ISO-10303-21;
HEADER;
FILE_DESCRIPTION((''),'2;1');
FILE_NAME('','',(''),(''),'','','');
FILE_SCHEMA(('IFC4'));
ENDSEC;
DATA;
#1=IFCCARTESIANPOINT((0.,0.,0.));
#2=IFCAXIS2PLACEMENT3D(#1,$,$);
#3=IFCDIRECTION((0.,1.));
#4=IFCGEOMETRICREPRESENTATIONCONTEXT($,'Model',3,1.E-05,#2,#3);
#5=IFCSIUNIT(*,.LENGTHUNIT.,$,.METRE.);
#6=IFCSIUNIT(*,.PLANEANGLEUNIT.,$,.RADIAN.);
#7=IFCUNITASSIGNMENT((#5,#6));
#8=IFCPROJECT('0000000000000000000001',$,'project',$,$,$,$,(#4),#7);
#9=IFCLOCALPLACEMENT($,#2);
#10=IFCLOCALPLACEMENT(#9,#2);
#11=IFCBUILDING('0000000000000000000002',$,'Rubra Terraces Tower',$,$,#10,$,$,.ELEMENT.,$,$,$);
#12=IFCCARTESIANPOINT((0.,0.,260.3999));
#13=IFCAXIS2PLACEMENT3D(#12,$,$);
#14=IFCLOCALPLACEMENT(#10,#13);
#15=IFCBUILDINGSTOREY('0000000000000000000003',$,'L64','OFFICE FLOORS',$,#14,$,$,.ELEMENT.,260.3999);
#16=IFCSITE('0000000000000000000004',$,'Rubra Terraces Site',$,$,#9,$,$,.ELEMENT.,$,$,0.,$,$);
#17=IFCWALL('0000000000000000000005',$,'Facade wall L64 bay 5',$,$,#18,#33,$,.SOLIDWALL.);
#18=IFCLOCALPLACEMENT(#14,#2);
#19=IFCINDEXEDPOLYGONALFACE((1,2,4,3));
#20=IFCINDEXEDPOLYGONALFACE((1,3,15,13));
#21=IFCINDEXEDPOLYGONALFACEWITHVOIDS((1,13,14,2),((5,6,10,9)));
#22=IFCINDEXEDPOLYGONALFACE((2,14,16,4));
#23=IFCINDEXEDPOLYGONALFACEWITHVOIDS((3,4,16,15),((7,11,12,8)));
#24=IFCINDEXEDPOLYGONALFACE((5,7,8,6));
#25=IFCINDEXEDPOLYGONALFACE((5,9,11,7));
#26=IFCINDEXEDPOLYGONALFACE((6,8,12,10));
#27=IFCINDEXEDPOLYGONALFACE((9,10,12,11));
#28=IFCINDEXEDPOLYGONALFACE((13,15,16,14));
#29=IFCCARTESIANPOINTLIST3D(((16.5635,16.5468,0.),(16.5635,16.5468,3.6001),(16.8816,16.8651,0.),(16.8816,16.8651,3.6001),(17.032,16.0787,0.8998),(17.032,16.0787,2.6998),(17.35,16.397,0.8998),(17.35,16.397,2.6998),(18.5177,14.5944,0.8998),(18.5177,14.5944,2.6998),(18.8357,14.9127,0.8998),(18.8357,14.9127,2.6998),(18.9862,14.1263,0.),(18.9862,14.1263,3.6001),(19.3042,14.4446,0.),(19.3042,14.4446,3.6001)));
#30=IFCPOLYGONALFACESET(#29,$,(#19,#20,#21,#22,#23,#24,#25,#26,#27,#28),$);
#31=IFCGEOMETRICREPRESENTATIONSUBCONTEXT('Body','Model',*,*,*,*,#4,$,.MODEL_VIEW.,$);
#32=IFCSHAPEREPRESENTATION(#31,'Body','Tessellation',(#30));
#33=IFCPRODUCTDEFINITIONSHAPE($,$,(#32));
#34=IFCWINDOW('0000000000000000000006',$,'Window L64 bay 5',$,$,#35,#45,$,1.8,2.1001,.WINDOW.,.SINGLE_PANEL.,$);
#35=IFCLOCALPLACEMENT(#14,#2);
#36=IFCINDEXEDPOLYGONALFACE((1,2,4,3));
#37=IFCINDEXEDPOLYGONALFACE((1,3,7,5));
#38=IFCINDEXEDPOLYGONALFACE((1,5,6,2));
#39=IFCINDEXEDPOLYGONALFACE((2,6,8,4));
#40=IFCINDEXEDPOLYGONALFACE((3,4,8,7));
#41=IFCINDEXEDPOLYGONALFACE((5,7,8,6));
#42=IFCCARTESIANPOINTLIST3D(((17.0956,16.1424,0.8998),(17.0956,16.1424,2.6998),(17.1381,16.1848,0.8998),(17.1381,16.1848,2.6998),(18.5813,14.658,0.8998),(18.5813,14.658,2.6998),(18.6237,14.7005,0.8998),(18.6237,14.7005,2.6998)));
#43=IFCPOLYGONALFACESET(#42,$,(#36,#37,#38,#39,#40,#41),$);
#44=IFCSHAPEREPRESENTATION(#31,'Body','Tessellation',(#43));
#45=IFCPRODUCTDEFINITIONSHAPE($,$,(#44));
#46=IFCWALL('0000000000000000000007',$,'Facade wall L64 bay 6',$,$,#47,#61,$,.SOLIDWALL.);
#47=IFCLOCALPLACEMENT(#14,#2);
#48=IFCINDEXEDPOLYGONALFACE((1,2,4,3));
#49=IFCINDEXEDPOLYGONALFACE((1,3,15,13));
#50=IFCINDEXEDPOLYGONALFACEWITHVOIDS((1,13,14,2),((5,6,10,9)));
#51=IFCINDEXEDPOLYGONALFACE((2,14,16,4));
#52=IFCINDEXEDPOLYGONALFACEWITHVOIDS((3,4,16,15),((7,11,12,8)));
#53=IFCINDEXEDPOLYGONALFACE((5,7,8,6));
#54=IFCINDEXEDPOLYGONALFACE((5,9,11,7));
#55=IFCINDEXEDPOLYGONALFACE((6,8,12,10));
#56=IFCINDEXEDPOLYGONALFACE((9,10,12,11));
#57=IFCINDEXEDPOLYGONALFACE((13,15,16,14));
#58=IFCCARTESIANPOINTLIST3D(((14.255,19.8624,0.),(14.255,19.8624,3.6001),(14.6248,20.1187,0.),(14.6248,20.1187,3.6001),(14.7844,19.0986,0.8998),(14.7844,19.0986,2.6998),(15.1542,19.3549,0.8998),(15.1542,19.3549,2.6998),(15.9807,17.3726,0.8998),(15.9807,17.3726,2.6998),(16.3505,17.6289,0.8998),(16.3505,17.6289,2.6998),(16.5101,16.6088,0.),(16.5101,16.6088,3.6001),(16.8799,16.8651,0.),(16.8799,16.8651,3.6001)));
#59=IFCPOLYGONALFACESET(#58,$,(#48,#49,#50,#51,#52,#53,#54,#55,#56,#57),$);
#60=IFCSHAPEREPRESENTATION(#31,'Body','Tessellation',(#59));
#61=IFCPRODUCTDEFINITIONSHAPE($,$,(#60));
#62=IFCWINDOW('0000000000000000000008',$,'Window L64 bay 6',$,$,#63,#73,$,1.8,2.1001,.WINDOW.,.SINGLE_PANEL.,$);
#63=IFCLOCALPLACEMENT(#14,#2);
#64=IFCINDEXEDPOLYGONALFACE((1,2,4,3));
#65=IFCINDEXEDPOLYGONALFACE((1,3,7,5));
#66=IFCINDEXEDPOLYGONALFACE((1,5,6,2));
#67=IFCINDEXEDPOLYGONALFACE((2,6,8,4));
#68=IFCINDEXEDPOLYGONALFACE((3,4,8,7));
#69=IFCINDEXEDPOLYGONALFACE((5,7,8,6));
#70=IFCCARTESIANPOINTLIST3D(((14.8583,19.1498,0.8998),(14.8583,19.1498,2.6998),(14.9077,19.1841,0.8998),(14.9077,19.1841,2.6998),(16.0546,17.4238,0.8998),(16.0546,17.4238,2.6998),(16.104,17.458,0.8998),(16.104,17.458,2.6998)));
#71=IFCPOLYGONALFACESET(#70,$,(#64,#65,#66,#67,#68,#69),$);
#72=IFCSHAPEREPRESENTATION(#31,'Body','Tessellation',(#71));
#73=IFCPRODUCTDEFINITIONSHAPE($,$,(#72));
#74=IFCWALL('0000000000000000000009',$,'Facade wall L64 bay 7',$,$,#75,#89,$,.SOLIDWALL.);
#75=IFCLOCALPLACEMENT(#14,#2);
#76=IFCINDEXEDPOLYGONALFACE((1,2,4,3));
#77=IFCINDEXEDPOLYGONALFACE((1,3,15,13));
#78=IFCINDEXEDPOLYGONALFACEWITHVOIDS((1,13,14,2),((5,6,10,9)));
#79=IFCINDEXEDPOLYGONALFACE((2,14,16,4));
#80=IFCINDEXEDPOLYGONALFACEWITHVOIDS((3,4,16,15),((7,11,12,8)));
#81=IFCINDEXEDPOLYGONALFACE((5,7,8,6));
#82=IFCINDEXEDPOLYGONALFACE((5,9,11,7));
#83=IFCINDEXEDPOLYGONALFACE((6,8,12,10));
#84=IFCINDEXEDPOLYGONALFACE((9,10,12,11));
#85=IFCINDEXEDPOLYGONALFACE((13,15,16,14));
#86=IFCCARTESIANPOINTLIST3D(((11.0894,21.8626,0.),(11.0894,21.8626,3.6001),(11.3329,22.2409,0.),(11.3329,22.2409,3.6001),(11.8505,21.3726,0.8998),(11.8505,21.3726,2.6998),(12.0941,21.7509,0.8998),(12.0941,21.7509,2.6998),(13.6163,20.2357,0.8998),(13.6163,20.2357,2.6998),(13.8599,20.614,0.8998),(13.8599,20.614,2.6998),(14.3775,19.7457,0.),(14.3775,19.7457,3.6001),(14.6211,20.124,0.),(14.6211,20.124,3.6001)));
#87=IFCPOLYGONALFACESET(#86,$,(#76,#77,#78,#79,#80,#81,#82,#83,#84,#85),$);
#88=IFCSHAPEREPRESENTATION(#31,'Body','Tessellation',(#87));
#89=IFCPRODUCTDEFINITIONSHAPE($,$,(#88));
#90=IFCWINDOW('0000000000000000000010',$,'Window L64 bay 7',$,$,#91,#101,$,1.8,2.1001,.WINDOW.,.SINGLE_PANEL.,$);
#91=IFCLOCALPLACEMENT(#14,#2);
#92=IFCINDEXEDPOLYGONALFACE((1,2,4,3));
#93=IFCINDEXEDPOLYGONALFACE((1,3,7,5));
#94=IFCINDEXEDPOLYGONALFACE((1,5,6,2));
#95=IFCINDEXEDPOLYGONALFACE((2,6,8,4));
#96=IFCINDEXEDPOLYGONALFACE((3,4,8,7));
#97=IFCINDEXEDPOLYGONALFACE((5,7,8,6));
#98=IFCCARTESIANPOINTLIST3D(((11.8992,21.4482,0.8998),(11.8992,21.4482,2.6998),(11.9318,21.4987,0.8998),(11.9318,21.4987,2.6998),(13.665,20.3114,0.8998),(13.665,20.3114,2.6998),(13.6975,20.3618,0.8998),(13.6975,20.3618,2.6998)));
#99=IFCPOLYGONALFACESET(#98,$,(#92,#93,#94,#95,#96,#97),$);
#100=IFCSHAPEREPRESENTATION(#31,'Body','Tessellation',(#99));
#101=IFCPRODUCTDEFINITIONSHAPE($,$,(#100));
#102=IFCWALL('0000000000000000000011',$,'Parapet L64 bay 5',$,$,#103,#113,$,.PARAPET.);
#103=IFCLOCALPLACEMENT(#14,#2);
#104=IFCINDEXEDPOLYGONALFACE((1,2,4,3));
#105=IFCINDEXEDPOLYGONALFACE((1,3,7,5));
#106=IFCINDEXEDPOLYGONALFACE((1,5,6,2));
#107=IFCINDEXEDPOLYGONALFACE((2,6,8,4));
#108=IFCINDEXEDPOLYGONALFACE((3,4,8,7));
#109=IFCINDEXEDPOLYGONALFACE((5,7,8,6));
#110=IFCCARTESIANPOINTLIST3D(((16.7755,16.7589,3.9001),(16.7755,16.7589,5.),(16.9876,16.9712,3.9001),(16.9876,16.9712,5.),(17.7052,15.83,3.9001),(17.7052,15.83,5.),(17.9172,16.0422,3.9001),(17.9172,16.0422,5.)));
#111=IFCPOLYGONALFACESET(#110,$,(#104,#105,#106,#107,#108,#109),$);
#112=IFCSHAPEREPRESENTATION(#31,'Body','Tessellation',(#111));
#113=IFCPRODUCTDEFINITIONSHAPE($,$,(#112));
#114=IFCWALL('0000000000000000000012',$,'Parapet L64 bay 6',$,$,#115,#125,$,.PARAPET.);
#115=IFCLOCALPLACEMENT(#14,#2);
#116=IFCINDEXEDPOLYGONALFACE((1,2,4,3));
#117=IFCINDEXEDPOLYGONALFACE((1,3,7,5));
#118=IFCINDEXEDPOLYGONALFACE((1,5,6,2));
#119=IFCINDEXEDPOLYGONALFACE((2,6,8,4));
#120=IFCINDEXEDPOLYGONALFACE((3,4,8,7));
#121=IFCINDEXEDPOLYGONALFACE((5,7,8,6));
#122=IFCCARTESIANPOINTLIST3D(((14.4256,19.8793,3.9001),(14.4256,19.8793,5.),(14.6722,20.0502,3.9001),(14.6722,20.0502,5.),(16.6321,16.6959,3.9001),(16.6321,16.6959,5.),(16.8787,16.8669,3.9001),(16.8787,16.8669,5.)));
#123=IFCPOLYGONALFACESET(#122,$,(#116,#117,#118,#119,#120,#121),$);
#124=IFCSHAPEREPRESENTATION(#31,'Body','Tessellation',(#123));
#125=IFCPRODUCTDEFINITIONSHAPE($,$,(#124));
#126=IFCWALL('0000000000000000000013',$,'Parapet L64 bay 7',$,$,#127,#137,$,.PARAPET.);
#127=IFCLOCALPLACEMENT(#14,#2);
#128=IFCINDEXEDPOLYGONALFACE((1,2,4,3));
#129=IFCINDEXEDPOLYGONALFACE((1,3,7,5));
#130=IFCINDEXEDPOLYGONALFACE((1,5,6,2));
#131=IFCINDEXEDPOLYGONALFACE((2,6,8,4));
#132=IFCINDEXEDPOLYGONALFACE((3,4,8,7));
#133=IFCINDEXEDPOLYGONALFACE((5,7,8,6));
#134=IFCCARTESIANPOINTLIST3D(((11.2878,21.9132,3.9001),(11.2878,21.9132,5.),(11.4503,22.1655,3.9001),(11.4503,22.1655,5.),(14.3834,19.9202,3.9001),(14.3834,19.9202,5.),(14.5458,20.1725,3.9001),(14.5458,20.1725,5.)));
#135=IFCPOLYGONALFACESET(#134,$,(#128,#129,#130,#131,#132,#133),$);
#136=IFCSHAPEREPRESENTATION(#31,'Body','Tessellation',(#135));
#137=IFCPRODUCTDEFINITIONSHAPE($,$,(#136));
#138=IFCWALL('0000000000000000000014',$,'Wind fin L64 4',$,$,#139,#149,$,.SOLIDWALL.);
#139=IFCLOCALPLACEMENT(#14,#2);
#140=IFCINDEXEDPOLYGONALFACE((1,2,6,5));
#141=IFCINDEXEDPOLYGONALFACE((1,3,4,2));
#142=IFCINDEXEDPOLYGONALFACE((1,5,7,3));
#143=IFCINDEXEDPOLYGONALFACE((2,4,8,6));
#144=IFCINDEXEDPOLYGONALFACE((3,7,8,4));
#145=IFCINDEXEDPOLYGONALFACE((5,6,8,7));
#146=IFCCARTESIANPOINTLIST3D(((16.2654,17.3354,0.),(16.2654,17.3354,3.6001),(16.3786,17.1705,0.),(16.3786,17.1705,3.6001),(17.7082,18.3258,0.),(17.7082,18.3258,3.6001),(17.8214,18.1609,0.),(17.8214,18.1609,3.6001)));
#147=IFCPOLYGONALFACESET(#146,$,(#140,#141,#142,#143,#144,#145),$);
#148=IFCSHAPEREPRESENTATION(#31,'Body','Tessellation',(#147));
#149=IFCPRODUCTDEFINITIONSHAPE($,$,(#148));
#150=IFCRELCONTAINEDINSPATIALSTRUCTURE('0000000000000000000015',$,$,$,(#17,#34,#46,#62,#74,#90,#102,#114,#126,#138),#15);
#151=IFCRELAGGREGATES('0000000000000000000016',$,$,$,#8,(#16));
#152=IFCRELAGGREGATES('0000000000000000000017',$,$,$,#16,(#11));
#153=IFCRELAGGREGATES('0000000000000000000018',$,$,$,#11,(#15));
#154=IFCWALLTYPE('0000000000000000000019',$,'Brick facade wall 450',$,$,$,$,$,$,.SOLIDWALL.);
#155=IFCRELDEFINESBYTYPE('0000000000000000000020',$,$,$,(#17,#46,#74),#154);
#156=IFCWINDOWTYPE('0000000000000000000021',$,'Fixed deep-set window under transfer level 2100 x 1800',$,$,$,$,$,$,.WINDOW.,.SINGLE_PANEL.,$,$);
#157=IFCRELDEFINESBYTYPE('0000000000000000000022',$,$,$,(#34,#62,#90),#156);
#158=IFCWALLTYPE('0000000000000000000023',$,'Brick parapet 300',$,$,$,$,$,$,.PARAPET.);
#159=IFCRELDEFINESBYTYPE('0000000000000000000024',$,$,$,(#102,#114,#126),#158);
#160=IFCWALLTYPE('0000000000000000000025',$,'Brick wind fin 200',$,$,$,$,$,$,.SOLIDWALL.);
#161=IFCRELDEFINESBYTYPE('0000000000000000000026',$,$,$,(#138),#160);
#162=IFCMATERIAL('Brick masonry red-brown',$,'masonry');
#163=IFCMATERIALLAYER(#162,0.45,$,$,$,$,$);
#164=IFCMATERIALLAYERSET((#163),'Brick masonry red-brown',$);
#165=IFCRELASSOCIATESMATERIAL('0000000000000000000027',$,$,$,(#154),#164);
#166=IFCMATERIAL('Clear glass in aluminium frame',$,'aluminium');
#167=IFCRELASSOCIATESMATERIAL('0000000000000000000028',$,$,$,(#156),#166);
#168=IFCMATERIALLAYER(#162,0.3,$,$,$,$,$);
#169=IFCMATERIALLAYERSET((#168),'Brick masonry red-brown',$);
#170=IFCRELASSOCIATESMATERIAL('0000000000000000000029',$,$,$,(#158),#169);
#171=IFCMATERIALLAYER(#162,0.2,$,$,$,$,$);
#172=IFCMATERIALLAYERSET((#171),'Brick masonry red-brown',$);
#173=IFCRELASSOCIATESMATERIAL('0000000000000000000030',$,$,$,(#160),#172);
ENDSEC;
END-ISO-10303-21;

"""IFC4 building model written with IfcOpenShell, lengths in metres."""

from ifc_helpers import new_model, si_unit, direction, frame, frame_2d, origin, place, context, subcontext, project, spatial, rectangle, extrude, material, layer, layer_set, type_object, element, fill, save


model = new_model("IFC4")

# Units and contexts
model_context = context("Model", 3, precision=1e-05, world=origin(), true_north=direction((0.0, 1.0)))
body_context = subcontext(model_context, "Body", "Model", "MODEL_VIEW")
ifc_project = project(units=[si_unit("LENGTHUNIT", "METRE"), si_unit("PLANEANGLEUNIT", "RADIAN")], contexts=[model_context])

# Site, building, storey
site_placement = place(None, origin())
site = spatial("IfcSite", under=ifc_project, at=site_placement, Name="Rubra Terraces Site", CompositionType="ELEMENT", RefElevation=0.0)
building_placement = place(site_placement, origin())
building = spatial("IfcBuilding", under=site, at=building_placement, Name="Rubra Terraces Tower", CompositionType="ELEMENT")
storey_placement = place(building_placement, frame((0.0, 0.0, 260.3999)))
storey = spatial("IfcBuildingStorey", under=building, at=storey_placement, Name="L64", Description="OFFICE FLOORS", CompositionType="ELEMENT", Elevation=260.3999)

# Walls, openings, windows
ifc_material_1 = material(Name="Brick masonry red-brown", Category="masonry")
ifc_layer_1 = layer(ifc_material_1, 0.45)
ifc_layer_set_1 = layer_set([ifc_layer_1], Name="Brick masonry red-brown")
wall_type_1 = type_object("IfcWallType", Name="Brick facade wall 450", PredefinedType="SOLIDWALL", material=ifc_layer_set_1)
wall_1_placement = place(storey_placement, frame((19.1453, 14.2854, 0.0), z_axis=(0.0, 0.0, 1.0), x_axis=(-0.707428, 0.706786, 0.0)))
wall_1 = element("IfcWall", 1, at=wall_1_placement, inside=storey, type_object=wall_type_1, Name="Facade wall L64 bay 5", PredefinedType="SOLIDWALL", context=body_context, shape_type="SweptSolid", body=[
    extrude(rectangle(XDim=3.4246, YDim=0.45, at=frame_2d((1.7124, 0.0))), origin(), (0.0, 0.0, 1.0), 3.6001),
])
opening_1_placement = place(wall_1_placement, frame((0.6624, 0.0, 0.8999)))
opening_1 = element("IfcOpeningElement", 2, at=opening_1_placement, cuts=wall_1, PredefinedType="OPENING", context=body_context, shape_type="SweptSolid", body=[
    extrude(rectangle(XDim=2.1001, YDim=1.8, at=frame_2d((1.05, 0.8999))), frame((0.0, 0.2349, 0.0), z_axis=(0.0, -1.0, 0.0), x_axis=(1.0, 0.0, 0.0)), (0.0, 0.0, 1.0), 0.47),
])
ifc_material_2 = material(Name="Clear glass in aluminium frame", Category="aluminium")
window_type = type_object("IfcWindowType", Name="Fixed deep-set window under transfer level 2100 x 1800", PartitioningType="SINGLE_PANEL", PredefinedType="WINDOW", material=ifc_material_2)
window_1_placement = place(opening_1_placement, origin())
window_1 = element("IfcWindow", 3, at=window_1_placement, inside=storey, type_object=window_type, Name="Window L64 bay 5", OverallHeight=1.8, OverallWidth=2.1001, PartitioningType="SINGLE_PANEL", PredefinedType="WINDOW", context=body_context, shape_type="SweptSolid", body=[
    extrude(rectangle(XDim=2.1001, YDim=1.8, at=frame_2d((1.05, 0.8999))), frame((0.0, 0.135, 0.0), z_axis=(0.0, -1.0, 0.0), x_axis=(1.0, 0.0, 0.0)), (0.0, 0.0, 1.0), 0.0601),
])
fill(opening_1, window_1)
wall_2_placement = place(storey_placement, frame((16.6951, 16.7368, 0.0), z_axis=(0.0, 0.0, 1.0), x_axis=(-0.569652, 0.821886, 0.0)))
wall_2 = element("IfcWall", 4, at=wall_2_placement, inside=storey, type_object=wall_type_1, Name="Facade wall L64 bay 6", PredefinedType="SOLIDWALL", context=body_context, shape_type="SweptSolid", body=[
    extrude(rectangle(XDim=3.9587, YDim=0.45, at=frame_2d((1.9795, 0.0))), origin(), (0.0, 0.0, 1.0), 3.6001),
])
opening_2_placement = place(wall_2_placement, frame((0.9294, 0.0, 0.8999)))
opening_2 = element("IfcOpeningElement", 5, at=opening_2_placement, cuts=wall_2, PredefinedType="OPENING", context=body_context, shape_type="SweptSolid", body=[
    extrude(rectangle(XDim=2.1001, YDim=1.8, at=frame_2d((1.05, 0.8999))), frame((0.0, 0.2349, 0.0), z_axis=(0.0, -1.0, 0.0), x_axis=(1.0, 0.0, 0.0)), (0.0, 0.0, 1.0), 0.47),
])
window_2_placement = place(opening_2_placement, origin())
window_2 = element("IfcWindow", 6, at=window_2_placement, inside=storey, type_object=window_type, Name="Window L64 bay 6", OverallHeight=1.8, OverallWidth=2.1001, PartitioningType="SINGLE_PANEL", PredefinedType="WINDOW", context=body_context, shape_type="SweptSolid", body=[
    extrude(rectangle(XDim=2.1001, YDim=1.8, at=frame_2d((1.05, 0.8999))), frame((0.0, 0.135, 0.0), z_axis=(0.0, -1.0, 0.0), x_axis=(1.0, 0.0, 0.0)), (0.0, 0.0, 1.0), 0.0601),
])
fill(opening_2, window_2)
wall_3_placement = place(storey_placement, frame((14.4993, 19.9348, 0.0), z_axis=(0.0, 0.0, 1.0), x_axis=(-0.840809, 0.541332, 0.0)))
wall_3 = element("IfcWall", 7, at=wall_3_placement, inside=storey, type_object=wall_type_1, Name="Facade wall L64 bay 7", PredefinedType="SOLIDWALL", context=body_context, shape_type="SweptSolid", body=[
    extrude(rectangle(XDim=3.9106, YDim=0.45, at=frame_2d((1.9553, 0.0))), origin(), (0.0, 0.0, 1.0), 3.6001),
])
opening_3_placement = place(wall_3_placement, frame((0.9053, 0.0, 0.8999)))
opening_3 = element("IfcOpeningElement", 8, at=opening_3_placement, cuts=wall_3, PredefinedType="OPENING", context=body_context, shape_type="SweptSolid", body=[
    extrude(rectangle(XDim=2.1001, YDim=1.8, at=frame_2d((1.05, 0.8999))), frame((0.0, 0.2349, 0.0), z_axis=(0.0, -1.0, 0.0), x_axis=(1.0, 0.0, 0.0)), (0.0, 0.0, 1.0), 0.47),
])
window_3_placement = place(opening_3_placement, origin())
window_3 = element("IfcWindow", 9, at=window_3_placement, inside=storey, type_object=window_type, Name="Window L64 bay 7", OverallHeight=1.8, OverallWidth=2.1001, PartitioningType="SINGLE_PANEL", PredefinedType="WINDOW", context=body_context, shape_type="SweptSolid", body=[
    extrude(rectangle(XDim=2.1001, YDim=1.8, at=frame_2d((1.05, 0.8999))), frame((0.0, 0.135, 0.0), z_axis=(0.0, -1.0, 0.0), x_axis=(1.0, 0.0, 0.0)), (0.0, 0.0, 1.0), 0.0601),
])
fill(opening_3, window_3)

# Walls
ifc_layer_2 = layer(ifc_material_1, 0.3)
ifc_layer_set_2 = layer_set([ifc_layer_2], Name="Brick masonry red-brown")
wall_type_2 = type_object("IfcWallType", Name="Brick parapet 300", PredefinedType="PARAPET", material=ifc_layer_set_2)
wall_4_placement = place(storey_placement, frame((17.8113, 15.936, 3.9001), z_axis=(0.0, 0.0, 1.0), x_axis=(-0.707385, 0.706828, 0.0)))
element("IfcWall", 10, at=wall_4_placement, inside=storey, type_object=wall_type_2, Name="Parapet L64 bay 5", PredefinedType="PARAPET", context=body_context, shape_type="SweptSolid", body=[
    extrude(rectangle(XDim=1.3142, YDim=0.3, at=frame_2d((0.6572, 0.0))), origin(), (0.0, 0.0, 1.0), 1.0999),
])
wall_5_placement = place(storey_placement, frame((16.7554, 16.7815, 3.9001), z_axis=(0.0, 0.0, 1.0), x_axis=(-0.569679, 0.821868, 0.0)))
element("IfcWall", 11, at=wall_5_placement, inside=storey, type_object=wall_type_2, Name="Parapet L64 bay 6", PredefinedType="PARAPET", context=body_context, shape_type="SweptSolid", body=[
    extrude(rectangle(XDim=3.8733, YDim=0.3, at=frame_2d((1.9365, 0.0))), origin(), (0.0, 0.0, 1.0), 1.0999),
])
wall_6_placement = place(storey_placement, frame((14.4646, 20.0464, 3.9001), z_axis=(0.0, 0.0, 1.0), x_axis=(-0.84081, 0.541331, 0.0)))
element("IfcWall", 12, at=wall_6_placement, inside=storey, type_object=wall_type_2, Name="Parapet L64 bay 7", PredefinedType="PARAPET", context=body_context, shape_type="SweptSolid", body=[
    extrude(rectangle(XDim=3.6816, YDim=0.3, at=frame_2d((1.8408, 0.0))), origin(), (0.0, 0.0, 1.0), 1.0999),
])
ifc_layer_3 = layer(ifc_material_1, 0.2)
ifc_layer_set_3 = layer_set([ifc_layer_3], Name="Brick masonry red-brown")
wall_type_3 = type_object("IfcWallType", Name="Brick wind fin 200", PredefinedType="SOLIDWALL", material=ifc_layer_set_3)
wall_7_placement = place(storey_placement, frame((16.322, 17.2529, 0.0), z_axis=(0.0, 0.0, 1.0), x_axis=(0.824441, 0.565948, 0.0)))
element("IfcWall", 13, at=wall_7_placement, inside=storey, type_object=wall_type_3, Name="Wind fin L64 4", PredefinedType="SOLIDWALL", context=body_context, shape_type="SweptSolid", body=[
    extrude(rectangle(XDim=1.75, YDim=0.2, at=frame_2d((0.875, 0.0))), origin(), (0.0, 0.0, 1.0), 3.6001),
])

save(model, "model.ifc")
